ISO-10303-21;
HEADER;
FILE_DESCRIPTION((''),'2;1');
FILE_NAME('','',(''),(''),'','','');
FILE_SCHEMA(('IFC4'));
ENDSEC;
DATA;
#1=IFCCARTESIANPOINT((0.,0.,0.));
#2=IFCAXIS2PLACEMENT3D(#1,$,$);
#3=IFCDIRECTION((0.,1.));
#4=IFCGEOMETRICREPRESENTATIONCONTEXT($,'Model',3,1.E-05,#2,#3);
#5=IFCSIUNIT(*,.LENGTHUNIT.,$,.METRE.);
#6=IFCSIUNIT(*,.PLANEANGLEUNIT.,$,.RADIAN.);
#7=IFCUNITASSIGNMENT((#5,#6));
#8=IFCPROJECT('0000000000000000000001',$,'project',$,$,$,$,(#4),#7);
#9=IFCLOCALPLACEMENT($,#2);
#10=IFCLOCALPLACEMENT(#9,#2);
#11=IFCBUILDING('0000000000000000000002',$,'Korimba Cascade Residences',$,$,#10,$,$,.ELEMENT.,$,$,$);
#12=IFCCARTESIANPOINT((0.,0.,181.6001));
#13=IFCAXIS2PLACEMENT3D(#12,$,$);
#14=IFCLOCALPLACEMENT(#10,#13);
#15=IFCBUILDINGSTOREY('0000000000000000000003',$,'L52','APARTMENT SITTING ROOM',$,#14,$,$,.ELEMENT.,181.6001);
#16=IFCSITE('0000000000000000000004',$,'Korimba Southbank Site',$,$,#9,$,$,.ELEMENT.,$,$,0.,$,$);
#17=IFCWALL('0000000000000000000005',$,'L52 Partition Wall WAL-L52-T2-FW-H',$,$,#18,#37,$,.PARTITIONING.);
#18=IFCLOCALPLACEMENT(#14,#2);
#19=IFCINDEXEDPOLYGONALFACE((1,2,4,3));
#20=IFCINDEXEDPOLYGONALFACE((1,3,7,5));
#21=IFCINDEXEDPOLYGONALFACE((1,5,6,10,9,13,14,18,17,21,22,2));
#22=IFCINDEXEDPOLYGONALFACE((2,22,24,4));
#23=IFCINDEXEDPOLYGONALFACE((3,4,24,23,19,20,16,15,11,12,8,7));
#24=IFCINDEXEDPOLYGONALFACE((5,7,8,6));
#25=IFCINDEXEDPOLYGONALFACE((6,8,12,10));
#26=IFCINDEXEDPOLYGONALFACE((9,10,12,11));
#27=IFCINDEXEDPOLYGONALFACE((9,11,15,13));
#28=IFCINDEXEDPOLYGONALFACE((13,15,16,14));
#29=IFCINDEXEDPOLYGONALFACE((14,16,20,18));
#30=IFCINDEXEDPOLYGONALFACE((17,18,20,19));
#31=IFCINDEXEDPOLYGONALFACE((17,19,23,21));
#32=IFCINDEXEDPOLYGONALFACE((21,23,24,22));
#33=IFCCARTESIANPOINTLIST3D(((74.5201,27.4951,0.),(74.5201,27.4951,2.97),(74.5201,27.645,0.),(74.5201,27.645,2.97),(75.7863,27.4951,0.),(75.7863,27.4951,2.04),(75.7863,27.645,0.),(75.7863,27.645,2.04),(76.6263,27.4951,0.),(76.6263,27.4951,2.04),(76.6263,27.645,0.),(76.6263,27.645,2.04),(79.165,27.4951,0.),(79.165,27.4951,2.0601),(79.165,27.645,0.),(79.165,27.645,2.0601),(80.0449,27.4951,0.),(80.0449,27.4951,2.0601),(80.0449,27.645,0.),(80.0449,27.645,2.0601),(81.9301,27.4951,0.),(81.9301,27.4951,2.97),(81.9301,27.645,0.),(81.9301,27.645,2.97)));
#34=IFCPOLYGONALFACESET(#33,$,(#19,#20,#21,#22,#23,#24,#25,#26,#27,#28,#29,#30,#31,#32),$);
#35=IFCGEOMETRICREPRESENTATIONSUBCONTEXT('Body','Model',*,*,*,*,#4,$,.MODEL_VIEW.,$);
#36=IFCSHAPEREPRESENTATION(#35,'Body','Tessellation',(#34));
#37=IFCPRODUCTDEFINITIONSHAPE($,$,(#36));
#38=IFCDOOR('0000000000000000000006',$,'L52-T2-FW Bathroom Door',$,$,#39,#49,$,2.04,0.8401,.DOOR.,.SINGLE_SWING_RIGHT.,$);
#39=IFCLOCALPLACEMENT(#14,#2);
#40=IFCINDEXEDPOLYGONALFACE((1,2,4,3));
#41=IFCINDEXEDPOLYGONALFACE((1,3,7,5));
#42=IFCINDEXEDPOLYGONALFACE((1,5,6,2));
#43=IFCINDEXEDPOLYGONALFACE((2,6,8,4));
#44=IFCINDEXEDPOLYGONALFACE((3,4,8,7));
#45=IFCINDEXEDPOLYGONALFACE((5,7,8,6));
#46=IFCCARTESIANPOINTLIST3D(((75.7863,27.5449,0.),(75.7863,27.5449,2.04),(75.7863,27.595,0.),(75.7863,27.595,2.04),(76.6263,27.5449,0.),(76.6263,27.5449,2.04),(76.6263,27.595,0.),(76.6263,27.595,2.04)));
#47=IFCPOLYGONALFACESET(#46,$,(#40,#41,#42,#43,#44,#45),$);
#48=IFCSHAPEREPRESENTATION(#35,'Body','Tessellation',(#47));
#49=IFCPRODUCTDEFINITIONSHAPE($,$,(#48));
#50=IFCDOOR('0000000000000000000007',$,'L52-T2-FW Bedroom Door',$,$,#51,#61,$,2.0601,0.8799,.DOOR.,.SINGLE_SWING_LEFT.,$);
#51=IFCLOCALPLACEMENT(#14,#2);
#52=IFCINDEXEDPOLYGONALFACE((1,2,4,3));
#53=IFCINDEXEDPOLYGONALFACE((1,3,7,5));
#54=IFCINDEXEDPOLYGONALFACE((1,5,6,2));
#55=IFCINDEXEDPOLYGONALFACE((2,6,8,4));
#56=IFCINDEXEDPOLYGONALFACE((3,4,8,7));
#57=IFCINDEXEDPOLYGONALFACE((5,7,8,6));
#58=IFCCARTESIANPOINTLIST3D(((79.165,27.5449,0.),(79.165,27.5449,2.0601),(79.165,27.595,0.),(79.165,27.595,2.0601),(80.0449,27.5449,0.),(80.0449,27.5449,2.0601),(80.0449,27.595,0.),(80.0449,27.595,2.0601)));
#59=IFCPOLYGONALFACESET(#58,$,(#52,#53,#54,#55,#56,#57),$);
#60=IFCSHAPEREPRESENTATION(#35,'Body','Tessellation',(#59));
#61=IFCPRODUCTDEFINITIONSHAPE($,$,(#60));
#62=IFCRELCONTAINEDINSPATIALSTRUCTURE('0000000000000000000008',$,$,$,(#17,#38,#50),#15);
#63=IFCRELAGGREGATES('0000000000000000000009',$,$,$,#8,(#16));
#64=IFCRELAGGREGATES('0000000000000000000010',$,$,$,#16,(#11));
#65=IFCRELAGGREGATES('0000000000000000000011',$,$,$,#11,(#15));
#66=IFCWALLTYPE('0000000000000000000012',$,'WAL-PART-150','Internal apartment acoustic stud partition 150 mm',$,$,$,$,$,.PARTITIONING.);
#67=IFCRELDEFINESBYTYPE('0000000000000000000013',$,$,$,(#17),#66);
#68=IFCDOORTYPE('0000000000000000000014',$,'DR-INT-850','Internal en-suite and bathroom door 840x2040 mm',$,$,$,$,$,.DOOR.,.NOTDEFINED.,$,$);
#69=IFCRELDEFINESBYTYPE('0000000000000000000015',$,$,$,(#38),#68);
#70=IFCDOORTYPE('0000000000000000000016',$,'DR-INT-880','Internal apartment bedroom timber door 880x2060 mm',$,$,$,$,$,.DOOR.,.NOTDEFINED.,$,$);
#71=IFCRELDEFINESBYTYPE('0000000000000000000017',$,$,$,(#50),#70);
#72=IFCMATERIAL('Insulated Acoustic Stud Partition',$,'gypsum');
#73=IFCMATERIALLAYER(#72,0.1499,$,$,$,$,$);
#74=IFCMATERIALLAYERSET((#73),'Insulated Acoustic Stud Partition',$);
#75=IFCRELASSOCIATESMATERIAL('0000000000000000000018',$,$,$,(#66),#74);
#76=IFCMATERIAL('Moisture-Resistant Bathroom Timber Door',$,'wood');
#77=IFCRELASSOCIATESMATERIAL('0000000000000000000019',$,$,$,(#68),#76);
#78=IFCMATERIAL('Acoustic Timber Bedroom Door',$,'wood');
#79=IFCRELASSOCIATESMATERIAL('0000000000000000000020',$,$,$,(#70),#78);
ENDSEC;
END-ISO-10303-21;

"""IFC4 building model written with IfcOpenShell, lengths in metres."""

from ifc_helpers import new_model, si_unit, direction, frame, frame_2d, origin, place, context, subcontext, project, spatial, rectangle, extrude, material, layer, layer_set, type_object, element, fill, save


model = new_model("IFC4")

# Units and contexts
model_context = context("Model", 3, precision=1e-05, world=origin(), true_north=direction((0.0, 1.0)))
body_context = subcontext(model_context, "Body", "Model", "MODEL_VIEW")
ifc_project = project(units=[si_unit("LENGTHUNIT", "METRE"), si_unit("PLANEANGLEUNIT", "RADIAN")], contexts=[model_context])

# Site, building, storey
site_placement = place(None, origin())
site = spatial("IfcSite", under=ifc_project, at=site_placement, Name="Korimba Southbank Site", CompositionType="ELEMENT", RefElevation=0.0)
building_placement = place(site_placement, origin())
building = spatial("IfcBuilding", under=site, at=building_placement, Name="Korimba Cascade Residences", CompositionType="ELEMENT")
storey_placement = place(building_placement, frame((0.0, 0.0, 181.6001)))
storey = spatial("IfcBuildingStorey", under=building, at=storey_placement, Name="L52", Description="APARTMENT SITTING ROOM", CompositionType="ELEMENT", Elevation=181.6001)

# Shared definitions
ifc_material_1 = material(Name="Insulated Acoustic Stud Partition", Category="gypsum")
ifc_layer_1 = layer(ifc_material_1, 0.1499)
ifc_layer_set_1 = layer_set([ifc_layer_1], Name="Insulated Acoustic Stud Partition")
wall_type_1 = type_object("IfcWallType", Name="WAL-PART-150", Description="Internal apartment acoustic stud partition 150 mm", PredefinedType="PARTITIONING", material=ifc_layer_set_1)

# Wall, openings, doors
wall_1_placement = place(storey_placement, frame((74.52, 27.5701, 0.0), z_axis=(0.0, 0.0, 1.0), x_axis=(1.0, 0.0, 0.0)))
wall_1 = element("IfcWall", 1, at=wall_1_placement, inside=storey, type_object=wall_type_1, Name="L52 Partition Wall WAL-L52-T2-FW-H", PredefinedType="PARTITIONING", context=body_context, shape_type="SweptSolid", body=[
    extrude(rectangle(XDim=7.4099, YDim=0.1499, at=frame_2d((3.7051, 0.0))), origin(), (0.0, 0.0, 1.0), 2.97),
])
opening_1_placement = place(wall_1_placement, frame((1.2664, 0.0, 0.0)))
opening_1 = element("IfcOpeningElement", 2, at=opening_1_placement, cuts=wall_1, PredefinedType="OPENING", context=body_context, shape_type="SweptSolid", body=[
    extrude(rectangle(XDim=0.8401, YDim=2.04, at=frame_2d((0.4199, 1.02))), frame((0.0, 0.085, 0.0), z_axis=(0.0, -1.0, 0.0), x_axis=(1.0, 0.0, 0.0)), (0.0, 0.0, 1.0), 0.1699),
])
opening_2_placement = place(wall_1_placement, frame((4.645, 0.0, 0.0)))
opening_2 = element("IfcOpeningElement", 3, at=opening_2_placement, cuts=wall_1, PredefinedType="OPENING", context=body_context, shape_type="SweptSolid", body=[
    extrude(rectangle(XDim=0.8799, YDim=2.0601, at=frame_2d((0.4399, 1.03))), frame((0.0, 0.085, 0.0), z_axis=(0.0, -1.0, 0.0), x_axis=(1.0, 0.0, 0.0)), (0.0, 0.0, 1.0), 0.1699),
])
ifc_material_2 = material(Name="Moisture-Resistant Bathroom Timber Door", Category="wood")
door_type_1 = type_object("IfcDoorType", Name="DR-INT-850", Description="Internal en-suite and bathroom door 840x2040 mm", OperationType="NOTDEFINED", PredefinedType="DOOR", material=ifc_material_2)
door_1_placement = place(opening_1_placement, origin())
door_1 = element("IfcDoor", 4, at=door_1_placement, inside=storey, type_object=door_type_1, Name="L52-T2-FW Bathroom Door", OperationType="SINGLE_SWING_RIGHT", OverallHeight=2.04, OverallWidth=0.8401, PredefinedType="DOOR", context=body_context, shape_type="SweptSolid", body=[
    extrude(rectangle(XDim=0.8401, YDim=2.04, at=frame_2d((0.4199, 1.02))), frame((0.0, 0.0249, 0.0), z_axis=(0.0, -1.0, 0.0), x_axis=(1.0, 0.0, 0.0)), (0.0, 0.0, 1.0), 0.05),
])
fill(opening_1, door_1)
ifc_material_3 = material(Name="Acoustic Timber Bedroom Door", Category="wood")
door_type_2 = type_object("IfcDoorType", Name="DR-INT-880", Description="Internal apartment bedroom timber door 880x2060 mm", OperationType="NOTDEFINED", PredefinedType="DOOR", material=ifc_material_3)
door_2_placement = place(opening_2_placement, origin())
door_2 = element("IfcDoor", 5, at=door_2_placement, inside=storey, type_object=door_type_2, Name="L52-T2-FW Bedroom Door", OperationType="SINGLE_SWING_LEFT", OverallHeight=2.0601, OverallWidth=0.8799, PredefinedType="DOOR", context=body_context, shape_type="SweptSolid", body=[
    extrude(rectangle(XDim=0.8799, YDim=2.0601, at=frame_2d((0.4399, 1.03))), frame((0.0, 0.0249, 0.0), z_axis=(0.0, -1.0, 0.0), x_axis=(1.0, 0.0, 0.0)), (0.0, 0.0, 1.0), 0.05),
])
fill(opening_2, door_2)

save(model, "model.ifc")
